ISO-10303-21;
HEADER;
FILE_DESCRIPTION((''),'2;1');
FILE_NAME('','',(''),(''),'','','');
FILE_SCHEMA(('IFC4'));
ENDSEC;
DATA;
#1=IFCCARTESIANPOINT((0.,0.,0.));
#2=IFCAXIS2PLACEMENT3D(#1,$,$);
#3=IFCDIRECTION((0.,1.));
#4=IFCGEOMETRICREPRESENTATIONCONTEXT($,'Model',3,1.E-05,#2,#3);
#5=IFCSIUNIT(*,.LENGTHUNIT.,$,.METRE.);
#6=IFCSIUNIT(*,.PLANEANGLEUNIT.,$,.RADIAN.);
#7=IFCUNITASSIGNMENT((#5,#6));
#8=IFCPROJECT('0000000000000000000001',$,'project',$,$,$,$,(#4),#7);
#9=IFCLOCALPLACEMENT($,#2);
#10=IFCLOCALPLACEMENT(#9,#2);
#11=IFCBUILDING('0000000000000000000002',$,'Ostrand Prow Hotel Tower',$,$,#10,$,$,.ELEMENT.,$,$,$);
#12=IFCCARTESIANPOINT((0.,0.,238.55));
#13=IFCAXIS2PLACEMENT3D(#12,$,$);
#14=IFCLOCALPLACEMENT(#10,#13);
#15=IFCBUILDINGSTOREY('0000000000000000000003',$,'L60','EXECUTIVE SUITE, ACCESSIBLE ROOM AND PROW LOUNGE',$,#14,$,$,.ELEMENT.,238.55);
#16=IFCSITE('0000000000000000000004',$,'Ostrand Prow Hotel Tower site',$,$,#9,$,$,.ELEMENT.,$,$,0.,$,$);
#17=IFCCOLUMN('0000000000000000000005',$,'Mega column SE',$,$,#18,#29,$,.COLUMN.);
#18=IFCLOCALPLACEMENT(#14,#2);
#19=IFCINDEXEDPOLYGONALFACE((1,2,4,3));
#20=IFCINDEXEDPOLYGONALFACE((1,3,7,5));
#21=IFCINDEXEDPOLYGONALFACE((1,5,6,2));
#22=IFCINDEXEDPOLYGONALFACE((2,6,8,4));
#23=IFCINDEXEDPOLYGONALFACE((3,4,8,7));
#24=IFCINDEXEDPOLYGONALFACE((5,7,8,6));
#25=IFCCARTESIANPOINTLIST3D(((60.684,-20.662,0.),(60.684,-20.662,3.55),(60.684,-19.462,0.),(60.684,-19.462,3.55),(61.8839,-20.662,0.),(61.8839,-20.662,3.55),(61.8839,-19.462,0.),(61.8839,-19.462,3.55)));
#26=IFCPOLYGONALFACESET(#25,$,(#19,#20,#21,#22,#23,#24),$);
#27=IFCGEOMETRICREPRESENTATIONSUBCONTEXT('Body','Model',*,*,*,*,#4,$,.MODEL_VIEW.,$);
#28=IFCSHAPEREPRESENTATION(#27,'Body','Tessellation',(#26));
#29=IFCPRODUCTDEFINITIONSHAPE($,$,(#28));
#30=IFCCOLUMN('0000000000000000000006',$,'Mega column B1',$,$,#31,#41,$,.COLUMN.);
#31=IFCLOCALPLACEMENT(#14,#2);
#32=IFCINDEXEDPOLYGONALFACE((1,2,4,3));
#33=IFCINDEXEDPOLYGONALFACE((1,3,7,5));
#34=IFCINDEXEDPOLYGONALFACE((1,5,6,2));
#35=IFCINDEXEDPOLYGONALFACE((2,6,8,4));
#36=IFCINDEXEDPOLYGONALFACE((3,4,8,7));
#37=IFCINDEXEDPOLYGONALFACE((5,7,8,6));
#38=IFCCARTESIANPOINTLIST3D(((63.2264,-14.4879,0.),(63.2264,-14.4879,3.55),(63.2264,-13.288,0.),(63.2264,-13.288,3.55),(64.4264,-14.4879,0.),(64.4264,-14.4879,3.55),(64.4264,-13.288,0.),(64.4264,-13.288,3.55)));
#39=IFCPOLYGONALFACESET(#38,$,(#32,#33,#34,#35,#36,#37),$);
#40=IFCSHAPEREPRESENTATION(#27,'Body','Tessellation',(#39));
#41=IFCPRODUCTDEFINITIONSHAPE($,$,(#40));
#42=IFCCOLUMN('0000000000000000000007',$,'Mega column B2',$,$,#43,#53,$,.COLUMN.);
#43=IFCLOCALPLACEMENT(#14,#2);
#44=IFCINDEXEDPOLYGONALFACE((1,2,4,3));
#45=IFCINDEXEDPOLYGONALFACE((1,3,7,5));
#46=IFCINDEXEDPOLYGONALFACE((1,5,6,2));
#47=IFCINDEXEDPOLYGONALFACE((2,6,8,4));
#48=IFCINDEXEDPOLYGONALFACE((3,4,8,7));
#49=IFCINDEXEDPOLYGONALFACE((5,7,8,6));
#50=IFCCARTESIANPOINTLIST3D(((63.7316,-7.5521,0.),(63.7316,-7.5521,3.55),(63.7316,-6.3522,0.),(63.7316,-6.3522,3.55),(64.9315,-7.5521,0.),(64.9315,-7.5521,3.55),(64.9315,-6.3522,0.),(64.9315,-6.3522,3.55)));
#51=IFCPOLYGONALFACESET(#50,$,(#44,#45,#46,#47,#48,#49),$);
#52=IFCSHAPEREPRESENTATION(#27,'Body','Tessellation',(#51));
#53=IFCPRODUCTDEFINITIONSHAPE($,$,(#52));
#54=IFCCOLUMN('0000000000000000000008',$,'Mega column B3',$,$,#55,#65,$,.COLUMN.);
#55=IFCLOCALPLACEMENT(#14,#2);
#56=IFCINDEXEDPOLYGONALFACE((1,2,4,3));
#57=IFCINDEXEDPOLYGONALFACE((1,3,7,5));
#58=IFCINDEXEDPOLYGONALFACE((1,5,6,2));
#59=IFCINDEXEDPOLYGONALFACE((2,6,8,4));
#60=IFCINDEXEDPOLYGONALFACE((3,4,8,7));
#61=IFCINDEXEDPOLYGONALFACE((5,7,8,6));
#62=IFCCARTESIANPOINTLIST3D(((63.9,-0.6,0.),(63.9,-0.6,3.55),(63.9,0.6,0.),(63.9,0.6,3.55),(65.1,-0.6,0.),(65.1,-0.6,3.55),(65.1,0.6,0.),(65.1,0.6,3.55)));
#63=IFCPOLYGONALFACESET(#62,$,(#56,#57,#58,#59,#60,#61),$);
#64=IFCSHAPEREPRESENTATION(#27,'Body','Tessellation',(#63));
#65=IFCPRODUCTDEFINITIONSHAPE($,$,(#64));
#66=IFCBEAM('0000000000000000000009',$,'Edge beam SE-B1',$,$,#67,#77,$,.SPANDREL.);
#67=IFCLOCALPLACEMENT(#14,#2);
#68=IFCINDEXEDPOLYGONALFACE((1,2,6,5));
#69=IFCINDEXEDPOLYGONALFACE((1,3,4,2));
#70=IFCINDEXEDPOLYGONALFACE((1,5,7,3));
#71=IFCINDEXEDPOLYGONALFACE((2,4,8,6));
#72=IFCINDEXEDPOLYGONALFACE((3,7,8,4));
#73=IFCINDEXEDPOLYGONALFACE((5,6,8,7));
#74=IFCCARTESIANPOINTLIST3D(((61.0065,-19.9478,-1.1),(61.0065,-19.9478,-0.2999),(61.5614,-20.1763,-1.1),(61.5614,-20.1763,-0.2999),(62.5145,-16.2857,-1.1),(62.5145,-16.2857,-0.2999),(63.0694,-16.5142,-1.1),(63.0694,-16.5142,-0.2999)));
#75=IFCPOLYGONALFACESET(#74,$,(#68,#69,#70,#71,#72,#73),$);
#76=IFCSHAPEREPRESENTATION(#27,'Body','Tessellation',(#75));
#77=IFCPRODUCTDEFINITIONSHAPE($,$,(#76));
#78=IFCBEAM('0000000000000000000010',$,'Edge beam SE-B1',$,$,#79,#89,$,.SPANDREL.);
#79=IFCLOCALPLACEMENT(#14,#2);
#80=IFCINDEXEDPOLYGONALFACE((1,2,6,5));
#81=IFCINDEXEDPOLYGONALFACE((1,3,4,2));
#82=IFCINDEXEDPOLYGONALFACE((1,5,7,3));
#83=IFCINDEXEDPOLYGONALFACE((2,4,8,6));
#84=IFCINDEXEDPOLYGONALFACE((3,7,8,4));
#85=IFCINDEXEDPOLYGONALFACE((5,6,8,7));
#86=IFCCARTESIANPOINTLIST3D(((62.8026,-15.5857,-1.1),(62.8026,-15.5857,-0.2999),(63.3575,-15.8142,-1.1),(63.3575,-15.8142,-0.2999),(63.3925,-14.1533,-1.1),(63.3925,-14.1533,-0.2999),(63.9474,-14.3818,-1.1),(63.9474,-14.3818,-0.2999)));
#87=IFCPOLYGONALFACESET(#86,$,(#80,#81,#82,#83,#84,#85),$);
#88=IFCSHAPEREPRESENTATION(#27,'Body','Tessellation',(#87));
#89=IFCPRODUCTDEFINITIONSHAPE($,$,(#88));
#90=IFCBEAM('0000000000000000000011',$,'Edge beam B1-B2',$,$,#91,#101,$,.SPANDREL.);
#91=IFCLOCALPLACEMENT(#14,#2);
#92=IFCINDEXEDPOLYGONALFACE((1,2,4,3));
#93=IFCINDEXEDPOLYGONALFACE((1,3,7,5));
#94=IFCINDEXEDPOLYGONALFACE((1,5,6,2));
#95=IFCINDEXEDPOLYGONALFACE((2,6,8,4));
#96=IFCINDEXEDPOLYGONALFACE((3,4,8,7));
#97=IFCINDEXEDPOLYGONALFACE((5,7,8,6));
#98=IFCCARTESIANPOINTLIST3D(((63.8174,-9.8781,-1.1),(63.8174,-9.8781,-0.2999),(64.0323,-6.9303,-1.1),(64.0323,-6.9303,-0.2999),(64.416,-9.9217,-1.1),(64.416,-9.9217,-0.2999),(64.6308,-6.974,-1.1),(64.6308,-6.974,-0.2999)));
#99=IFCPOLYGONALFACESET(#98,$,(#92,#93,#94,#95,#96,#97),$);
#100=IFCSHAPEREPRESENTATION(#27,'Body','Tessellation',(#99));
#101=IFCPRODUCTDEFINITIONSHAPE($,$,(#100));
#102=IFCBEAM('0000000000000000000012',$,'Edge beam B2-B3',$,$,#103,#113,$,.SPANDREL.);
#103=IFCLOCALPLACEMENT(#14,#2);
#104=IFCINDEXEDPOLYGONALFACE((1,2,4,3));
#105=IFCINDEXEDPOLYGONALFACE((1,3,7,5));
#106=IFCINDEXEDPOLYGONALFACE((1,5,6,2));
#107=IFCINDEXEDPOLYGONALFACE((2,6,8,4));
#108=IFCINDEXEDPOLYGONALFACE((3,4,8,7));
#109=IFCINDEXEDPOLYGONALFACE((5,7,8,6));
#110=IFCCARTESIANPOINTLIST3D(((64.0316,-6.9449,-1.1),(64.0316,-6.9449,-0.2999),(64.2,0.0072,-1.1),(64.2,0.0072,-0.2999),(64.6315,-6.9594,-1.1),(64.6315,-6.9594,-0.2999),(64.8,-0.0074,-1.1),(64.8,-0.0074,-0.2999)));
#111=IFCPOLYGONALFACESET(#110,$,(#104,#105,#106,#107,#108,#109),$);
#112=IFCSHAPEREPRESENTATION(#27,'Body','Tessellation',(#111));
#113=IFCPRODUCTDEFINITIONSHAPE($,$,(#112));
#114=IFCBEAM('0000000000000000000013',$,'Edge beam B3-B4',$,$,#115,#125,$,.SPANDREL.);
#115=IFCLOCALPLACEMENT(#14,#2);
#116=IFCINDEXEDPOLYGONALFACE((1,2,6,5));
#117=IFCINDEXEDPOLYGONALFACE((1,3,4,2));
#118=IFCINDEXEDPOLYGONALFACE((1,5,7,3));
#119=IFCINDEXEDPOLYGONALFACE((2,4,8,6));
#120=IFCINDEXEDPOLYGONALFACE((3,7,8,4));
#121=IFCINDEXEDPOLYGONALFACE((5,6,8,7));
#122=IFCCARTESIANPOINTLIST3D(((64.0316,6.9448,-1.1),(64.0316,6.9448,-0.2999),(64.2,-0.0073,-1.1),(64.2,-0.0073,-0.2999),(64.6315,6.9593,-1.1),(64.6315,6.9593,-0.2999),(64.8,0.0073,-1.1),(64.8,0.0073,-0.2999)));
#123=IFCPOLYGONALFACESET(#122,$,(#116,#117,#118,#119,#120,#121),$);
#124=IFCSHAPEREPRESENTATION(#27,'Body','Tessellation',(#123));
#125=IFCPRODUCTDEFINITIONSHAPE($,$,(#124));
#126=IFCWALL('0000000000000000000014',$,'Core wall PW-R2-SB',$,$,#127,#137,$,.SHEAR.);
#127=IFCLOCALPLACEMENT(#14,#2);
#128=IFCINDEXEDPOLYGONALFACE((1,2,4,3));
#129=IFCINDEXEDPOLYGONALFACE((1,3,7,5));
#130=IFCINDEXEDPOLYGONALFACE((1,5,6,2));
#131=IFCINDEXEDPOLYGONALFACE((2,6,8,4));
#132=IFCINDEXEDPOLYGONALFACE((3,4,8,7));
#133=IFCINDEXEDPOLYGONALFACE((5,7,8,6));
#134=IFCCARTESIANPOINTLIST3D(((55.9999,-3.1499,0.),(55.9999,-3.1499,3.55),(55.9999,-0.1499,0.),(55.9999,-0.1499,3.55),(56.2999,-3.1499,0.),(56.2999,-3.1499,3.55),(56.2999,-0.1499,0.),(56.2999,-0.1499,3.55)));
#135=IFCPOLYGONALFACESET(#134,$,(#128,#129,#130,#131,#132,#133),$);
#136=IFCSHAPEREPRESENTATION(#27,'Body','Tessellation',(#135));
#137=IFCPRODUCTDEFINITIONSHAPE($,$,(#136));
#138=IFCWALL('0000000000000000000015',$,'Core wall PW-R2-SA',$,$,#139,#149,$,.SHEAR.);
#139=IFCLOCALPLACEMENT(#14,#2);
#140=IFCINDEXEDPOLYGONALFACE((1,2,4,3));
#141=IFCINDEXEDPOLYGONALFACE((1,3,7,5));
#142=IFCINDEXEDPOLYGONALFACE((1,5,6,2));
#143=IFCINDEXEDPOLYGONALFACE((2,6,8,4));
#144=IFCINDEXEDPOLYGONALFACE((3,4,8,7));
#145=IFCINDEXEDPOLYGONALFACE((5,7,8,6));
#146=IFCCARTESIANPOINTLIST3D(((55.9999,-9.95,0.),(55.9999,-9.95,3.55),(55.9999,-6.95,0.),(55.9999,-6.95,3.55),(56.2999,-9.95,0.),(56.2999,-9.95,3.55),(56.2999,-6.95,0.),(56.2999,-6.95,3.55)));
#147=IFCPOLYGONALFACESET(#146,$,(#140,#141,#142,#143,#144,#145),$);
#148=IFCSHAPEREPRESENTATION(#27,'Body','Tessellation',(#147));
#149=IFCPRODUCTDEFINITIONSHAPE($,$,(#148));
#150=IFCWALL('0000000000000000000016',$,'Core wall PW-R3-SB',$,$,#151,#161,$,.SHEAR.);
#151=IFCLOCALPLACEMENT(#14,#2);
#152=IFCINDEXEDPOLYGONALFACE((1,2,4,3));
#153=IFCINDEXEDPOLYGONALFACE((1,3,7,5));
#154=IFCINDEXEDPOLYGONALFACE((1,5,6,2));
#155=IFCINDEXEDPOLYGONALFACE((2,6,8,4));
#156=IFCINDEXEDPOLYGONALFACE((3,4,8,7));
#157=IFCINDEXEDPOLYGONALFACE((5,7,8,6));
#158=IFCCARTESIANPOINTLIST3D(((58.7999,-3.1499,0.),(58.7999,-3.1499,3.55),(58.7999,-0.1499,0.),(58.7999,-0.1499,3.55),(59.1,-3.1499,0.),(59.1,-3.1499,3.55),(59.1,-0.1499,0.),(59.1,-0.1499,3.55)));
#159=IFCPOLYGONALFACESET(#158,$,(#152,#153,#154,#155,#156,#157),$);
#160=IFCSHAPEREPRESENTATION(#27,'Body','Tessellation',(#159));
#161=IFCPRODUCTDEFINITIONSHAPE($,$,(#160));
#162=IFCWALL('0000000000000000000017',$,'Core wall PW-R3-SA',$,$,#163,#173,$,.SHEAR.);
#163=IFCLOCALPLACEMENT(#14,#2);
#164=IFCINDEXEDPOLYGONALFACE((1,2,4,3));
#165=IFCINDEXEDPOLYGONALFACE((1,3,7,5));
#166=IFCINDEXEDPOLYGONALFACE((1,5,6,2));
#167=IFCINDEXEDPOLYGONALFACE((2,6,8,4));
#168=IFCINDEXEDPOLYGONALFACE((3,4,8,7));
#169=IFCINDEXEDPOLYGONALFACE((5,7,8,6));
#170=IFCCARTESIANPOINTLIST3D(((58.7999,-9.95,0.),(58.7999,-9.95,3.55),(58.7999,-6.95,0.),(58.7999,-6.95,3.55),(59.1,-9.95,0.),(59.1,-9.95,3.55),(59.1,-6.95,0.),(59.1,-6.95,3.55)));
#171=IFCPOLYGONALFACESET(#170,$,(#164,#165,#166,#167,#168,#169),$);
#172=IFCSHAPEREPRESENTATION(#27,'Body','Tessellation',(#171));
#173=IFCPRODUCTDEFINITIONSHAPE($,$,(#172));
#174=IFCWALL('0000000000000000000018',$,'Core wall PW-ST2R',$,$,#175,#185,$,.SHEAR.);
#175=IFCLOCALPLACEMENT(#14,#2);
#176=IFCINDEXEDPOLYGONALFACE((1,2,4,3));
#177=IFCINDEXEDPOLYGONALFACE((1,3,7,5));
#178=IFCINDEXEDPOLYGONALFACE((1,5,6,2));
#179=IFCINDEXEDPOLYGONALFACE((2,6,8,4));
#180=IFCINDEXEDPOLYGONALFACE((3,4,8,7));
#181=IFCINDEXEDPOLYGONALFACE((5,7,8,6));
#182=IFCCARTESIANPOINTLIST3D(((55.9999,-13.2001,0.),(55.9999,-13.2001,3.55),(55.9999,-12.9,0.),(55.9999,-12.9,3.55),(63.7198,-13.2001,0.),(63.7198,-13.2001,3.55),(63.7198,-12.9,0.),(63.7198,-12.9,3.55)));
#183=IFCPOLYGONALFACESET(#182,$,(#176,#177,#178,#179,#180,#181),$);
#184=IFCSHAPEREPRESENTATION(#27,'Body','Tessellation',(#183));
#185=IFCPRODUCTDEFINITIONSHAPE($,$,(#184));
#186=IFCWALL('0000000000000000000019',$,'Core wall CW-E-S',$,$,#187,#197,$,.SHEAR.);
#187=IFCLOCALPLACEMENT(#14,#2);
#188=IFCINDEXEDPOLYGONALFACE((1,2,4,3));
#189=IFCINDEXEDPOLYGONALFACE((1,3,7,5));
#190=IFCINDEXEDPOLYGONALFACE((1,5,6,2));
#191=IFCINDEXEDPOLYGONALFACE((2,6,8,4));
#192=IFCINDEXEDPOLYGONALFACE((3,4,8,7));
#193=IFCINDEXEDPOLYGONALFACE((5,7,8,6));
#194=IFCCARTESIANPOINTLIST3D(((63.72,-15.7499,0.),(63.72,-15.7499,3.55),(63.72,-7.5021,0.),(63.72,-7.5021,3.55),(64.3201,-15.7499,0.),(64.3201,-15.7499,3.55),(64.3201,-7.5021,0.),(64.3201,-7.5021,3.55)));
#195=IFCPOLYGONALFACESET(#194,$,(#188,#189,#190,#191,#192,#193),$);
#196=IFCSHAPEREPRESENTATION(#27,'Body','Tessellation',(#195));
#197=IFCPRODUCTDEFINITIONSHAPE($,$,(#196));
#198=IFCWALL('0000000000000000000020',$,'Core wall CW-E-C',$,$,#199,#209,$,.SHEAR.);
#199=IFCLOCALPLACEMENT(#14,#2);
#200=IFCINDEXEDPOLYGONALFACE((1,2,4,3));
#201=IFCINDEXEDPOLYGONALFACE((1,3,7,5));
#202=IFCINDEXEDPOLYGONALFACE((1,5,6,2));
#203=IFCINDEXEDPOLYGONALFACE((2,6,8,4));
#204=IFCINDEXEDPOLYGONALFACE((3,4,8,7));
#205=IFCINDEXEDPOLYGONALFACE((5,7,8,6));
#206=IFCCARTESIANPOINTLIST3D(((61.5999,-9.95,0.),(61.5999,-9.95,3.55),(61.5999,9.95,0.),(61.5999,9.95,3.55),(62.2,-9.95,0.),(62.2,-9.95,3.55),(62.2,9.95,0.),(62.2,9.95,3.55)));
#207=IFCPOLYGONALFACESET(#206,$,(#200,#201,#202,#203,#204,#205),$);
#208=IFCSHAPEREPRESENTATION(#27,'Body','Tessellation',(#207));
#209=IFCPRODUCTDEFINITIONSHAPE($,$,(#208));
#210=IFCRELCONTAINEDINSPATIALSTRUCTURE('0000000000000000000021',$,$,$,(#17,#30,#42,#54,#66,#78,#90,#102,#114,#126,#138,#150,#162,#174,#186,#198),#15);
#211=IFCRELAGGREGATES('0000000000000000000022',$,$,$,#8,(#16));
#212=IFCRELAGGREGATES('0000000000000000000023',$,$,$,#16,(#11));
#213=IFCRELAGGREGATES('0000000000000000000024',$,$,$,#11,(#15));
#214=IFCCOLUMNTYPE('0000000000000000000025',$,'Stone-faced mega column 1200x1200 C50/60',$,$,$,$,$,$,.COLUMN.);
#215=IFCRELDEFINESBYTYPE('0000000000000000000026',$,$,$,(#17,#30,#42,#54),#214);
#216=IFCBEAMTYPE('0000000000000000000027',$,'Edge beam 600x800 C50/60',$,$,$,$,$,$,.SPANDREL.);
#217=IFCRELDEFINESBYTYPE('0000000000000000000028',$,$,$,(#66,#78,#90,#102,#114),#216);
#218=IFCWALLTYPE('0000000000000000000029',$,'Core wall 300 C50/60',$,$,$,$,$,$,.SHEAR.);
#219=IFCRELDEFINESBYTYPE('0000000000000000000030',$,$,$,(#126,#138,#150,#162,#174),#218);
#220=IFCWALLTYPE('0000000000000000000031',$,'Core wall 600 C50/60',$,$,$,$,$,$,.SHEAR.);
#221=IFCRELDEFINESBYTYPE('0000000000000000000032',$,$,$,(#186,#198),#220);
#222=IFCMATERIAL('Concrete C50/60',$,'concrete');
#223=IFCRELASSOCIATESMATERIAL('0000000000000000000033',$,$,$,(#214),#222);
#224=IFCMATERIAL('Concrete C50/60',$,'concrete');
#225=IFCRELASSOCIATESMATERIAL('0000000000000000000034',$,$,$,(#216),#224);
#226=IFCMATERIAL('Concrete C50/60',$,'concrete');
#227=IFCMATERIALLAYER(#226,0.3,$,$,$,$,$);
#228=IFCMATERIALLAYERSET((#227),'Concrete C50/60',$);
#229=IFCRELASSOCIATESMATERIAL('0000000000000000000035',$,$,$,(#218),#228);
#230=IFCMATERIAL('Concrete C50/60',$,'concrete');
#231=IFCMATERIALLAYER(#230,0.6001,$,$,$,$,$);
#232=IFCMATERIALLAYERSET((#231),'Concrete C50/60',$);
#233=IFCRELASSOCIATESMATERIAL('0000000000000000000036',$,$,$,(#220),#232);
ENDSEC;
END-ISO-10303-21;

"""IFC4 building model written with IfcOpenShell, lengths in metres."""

from ifc_helpers import new_model, si_unit, direction, frame, frame_2d, origin, origin_2d, place, context, subcontext, project, spatial, rectangle, extrude, material, layer, layer_set, material_profile, profile_set, type_object, element, save


model = new_model("IFC4")

# Units and contexts
model_context = context("Model", 3, precision=1e-05, world=origin(), true_north=direction((0.0, 1.0)))
body_context = subcontext(model_context, "Body", "Model", "MODEL_VIEW")
ifc_project = project(units=[si_unit("LENGTHUNIT", "METRE"), si_unit("PLANEANGLEUNIT", "RADIAN")], contexts=[model_context])

# Site, building, storey
site_placement = place(None, origin())
site = spatial("IfcSite", under=ifc_project, at=site_placement, Name="Ostrand Prow Hotel Tower site", CompositionType="ELEMENT", RefElevation=0.0)
building_placement = place(site_placement, origin())
building = spatial("IfcBuilding", under=site, at=building_placement, Name="Ostrand Prow Hotel Tower", CompositionType="ELEMENT")
storey_placement = place(building_placement, frame((0.0, 0.0, 238.55)))
storey = spatial("IfcBuildingStorey", under=building, at=storey_placement, Name="L60", Description="EXECUTIVE SUITE, ACCESSIBLE ROOM AND PROW LOUNGE", CompositionType="ELEMENT", Elevation=238.55)

# Columns
ifc_material_1 = material(Name="Concrete C50/60", Category="concrete")
ifc_material_profile_1 = material_profile(ifc_material_1, rectangle(XDim=1.2, YDim=1.2, at=origin_2d()), Name="RC 1200x1200")
ifc_profile_set_1 = profile_set([ifc_material_profile_1], Name="Concrete C50/60")
column_type = type_object("IfcColumnType", Name="Stone-faced mega column 1200x1200 C50/60", PredefinedType="COLUMN", material=ifc_profile_set_1)
for number, where, z_axis, x_axis, name in (
    (1, (61.2839, -20.062, 0.0), (0.0, 0.0, 1.0), (1.0, 0.0, 0.0), "Mega column SE"),
    (2, (63.8264, -13.8879, 0.0), (0.0, 0.0, 1.0), (1.0, 0.0, 0.0), "Mega column B1"),
    (3, (64.3315, -6.9521, 0.0), (0.0, 0.0, 1.0), (1.0, 0.0, 0.0), "Mega column B2"),
    (4, (64.5, 0.0, 0.0), (0.0, 0.0, 1.0), (1.0, 0.0, 0.0), "Mega column B3"),
):
    element("IfcColumn", number, at=place(storey_placement, frame(where, z_axis=z_axis, x_axis=x_axis)), inside=storey, type_object=column_type, Name=name, PredefinedType="COLUMN", context=body_context, shape_type="SweptSolid", body=[
        extrude(rectangle(XDim=1.2, YDim=1.2, at=origin_2d()), origin(), (0.0, 0.0, 1.0), 3.55),
    ])

# Beams
ifc_material_2 = material(Name="Concrete C50/60", Category="concrete")
ifc_material_profile_2 = material_profile(ifc_material_2, rectangle(XDim=0.6001, YDim=0.8, at=origin_2d()), Name="RC 600x800")
ifc_profile_set_2 = profile_set([ifc_material_profile_2], Name="Concrete C50/60")
beam_type = type_object("IfcBeamType", Name="Edge beam 600x800 C50/60", PredefinedType="SPANDREL", material=ifc_profile_set_2)
beam_1_placement = place(storey_placement, frame((61.2839, -20.062, -0.7), z_axis=(0.380778, 0.924667, 0.0), x_axis=(-0.924667, 0.380778, 0.0)))
element("IfcBeam", 5, at=beam_1_placement, inside=storey, type_object=beam_type, Name="Edge beam SE-B1", PredefinedType="SPANDREL", context=body_context, shape_type="SweptSolid", body=[
    extrude(rectangle(XDim=0.6001, YDim=0.8, at=origin_2d()), origin(), (0.0, 0.0, 1.0), 3.9604),
])
beam_2_placement = place(storey_placement, frame((63.0801, -15.7, -0.7), z_axis=(0.380774, 0.924668, 0.0), x_axis=(-0.924668, 0.380774, 0.0)))
element("IfcBeam", 6, at=beam_2_placement, inside=storey, type_object=beam_type, Name="Edge beam SE-B1", PredefinedType="SPANDREL", context=body_context, shape_type="SweptSolid", body=[
    extrude(rectangle(XDim=0.6001, YDim=0.8, at=origin_2d()), origin(), (0.0, 0.0, 1.0), 1.5491),
])
beam_3_placement = place(storey_placement, frame((64.1167, -9.8999, -0.7), z_axis=(0.072691, 0.997355, 0.0), x_axis=(-0.997355, 0.072691, 0.0)))
element("IfcBeam", 7, at=beam_3_placement, inside=storey, type_object=beam_type, Name="Edge beam B1-B2", PredefinedType="SPANDREL", context=body_context, shape_type="SweptSolid", body=[
    extrude(rectangle(XDim=0.6001, YDim=0.8, at=origin_2d()), origin(), (0.0, 0.0, 1.0), 2.9556),
])
for number, where, z_axis, x_axis, name in (
    (8, (64.3315, -6.9521, -0.7), (0.024224, 0.999707, 0.0), (-0.999707, 0.024224, 0.0), "Edge beam B2-B3"),
    (9, (64.5, 0.0, -0.7), (-0.024224, 0.999707, 0.0), (-0.999707, -0.024224, 0.0), "Edge beam B3-B4"),
):
    element("IfcBeam", number, at=place(storey_placement, frame(where, z_axis=z_axis, x_axis=x_axis)), inside=storey, type_object=beam_type, Name=name, PredefinedType="SPANDREL", context=body_context, shape_type="SweptSolid", body=[
        extrude(rectangle(XDim=0.6001, YDim=0.8, at=origin_2d()), origin(), (0.0, 0.0, 1.0), 6.9541),
    ])

# Walls
ifc_material_3 = material(Name="Concrete C50/60", Category="concrete")
ifc_layer_1 = layer(ifc_material_3, 0.3)
ifc_layer_set_1 = layer_set([ifc_layer_1], Name="Concrete C50/60")
wall_type_1 = type_object("IfcWallType", Name="Core wall 300 C50/60", PredefinedType="SHEAR", material=ifc_layer_set_1)
for number, where, z_axis, x_axis, name in (
    (10, (56.1499, -3.1499, 0.0), (0.0, 0.0, 1.0), (0.0, 1.0, 0.0), "Core wall PW-R2-SB"),
    (11, (56.1499, -9.95, 0.0), (0.0, 0.0, 1.0), (0.0, 1.0, 0.0), "Core wall PW-R2-SA"),
    (12, (58.95, -3.1499, 0.0), (0.0, 0.0, 1.0), (0.0, 1.0, 0.0), "Core wall PW-R3-SB"),
    (13, (58.95, -9.95, 0.0), (0.0, 0.0, 1.0), (0.0, 1.0, 0.0), "Core wall PW-R3-SA"),
):
    element("IfcWall", number, at=place(storey_placement, frame(where, z_axis=z_axis, x_axis=x_axis)), inside=storey, type_object=wall_type_1, Name=name, PredefinedType="SHEAR", context=body_context, shape_type="SweptSolid", body=[
        extrude(rectangle(XDim=3.0, YDim=0.3, at=frame_2d((1.5, 0.0))), origin(), (0.0, 0.0, 1.0), 3.55),
    ])
wall_1_placement = place(storey_placement, frame((56.0, -13.05, 0.0), z_axis=(0.0, 0.0, 1.0), x_axis=(1.0, 0.0, 0.0)))
element("IfcWall", 14, at=wall_1_placement, inside=storey, type_object=wall_type_1, Name="Core wall PW-ST2R", PredefinedType="SHEAR", context=body_context, shape_type="SweptSolid", body=[
    extrude(rectangle(XDim=7.72, YDim=0.3, at=frame_2d((3.8599, 0.0))), origin(), (0.0, 0.0, 1.0), 3.55),
])
ifc_material_4 = material(Name="Concrete C50/60", Category="concrete")
ifc_layer_2 = layer(ifc_material_4, 0.6001)
ifc_layer_set_2 = layer_set([ifc_layer_2], Name="Concrete C50/60")
wall_type_2 = type_object("IfcWallType", Name="Core wall 600 C50/60", PredefinedType="SHEAR", material=ifc_layer_set_2)
wall_2_placement = place(storey_placement, frame((64.02, -15.75, 0.0), z_axis=(0.0, 0.0, 1.0), x_axis=(0.0, 1.0, 0.0)))
element("IfcWall", 15, at=wall_2_placement, inside=storey, type_object=wall_type_2, Name="Core wall CW-E-S", PredefinedType="SHEAR", context=body_context, shape_type="SweptSolid", body=[
    extrude(rectangle(XDim=8.2478, YDim=0.6001, at=frame_2d((4.124, 0.0))), origin(), (0.0, 0.0, 1.0), 3.55),
])
wall_3_placement = place(storey_placement, frame((61.8999, -9.95, 0.0), z_axis=(0.0, 0.0, 1.0), x_axis=(0.0, 1.0, 0.0)))
element("IfcWall", 16, at=wall_3_placement, inside=storey, type_object=wall_type_2, Name="Core wall CW-E-C", PredefinedType="SHEAR", context=body_context, shape_type="SweptSolid", body=[
    extrude(rectangle(XDim=19.8999, YDim=0.6001, at=frame_2d((9.95, 0.0))), origin(), (0.0, 0.0, 1.0), 3.55),
])

save(model, "model.ifc")
